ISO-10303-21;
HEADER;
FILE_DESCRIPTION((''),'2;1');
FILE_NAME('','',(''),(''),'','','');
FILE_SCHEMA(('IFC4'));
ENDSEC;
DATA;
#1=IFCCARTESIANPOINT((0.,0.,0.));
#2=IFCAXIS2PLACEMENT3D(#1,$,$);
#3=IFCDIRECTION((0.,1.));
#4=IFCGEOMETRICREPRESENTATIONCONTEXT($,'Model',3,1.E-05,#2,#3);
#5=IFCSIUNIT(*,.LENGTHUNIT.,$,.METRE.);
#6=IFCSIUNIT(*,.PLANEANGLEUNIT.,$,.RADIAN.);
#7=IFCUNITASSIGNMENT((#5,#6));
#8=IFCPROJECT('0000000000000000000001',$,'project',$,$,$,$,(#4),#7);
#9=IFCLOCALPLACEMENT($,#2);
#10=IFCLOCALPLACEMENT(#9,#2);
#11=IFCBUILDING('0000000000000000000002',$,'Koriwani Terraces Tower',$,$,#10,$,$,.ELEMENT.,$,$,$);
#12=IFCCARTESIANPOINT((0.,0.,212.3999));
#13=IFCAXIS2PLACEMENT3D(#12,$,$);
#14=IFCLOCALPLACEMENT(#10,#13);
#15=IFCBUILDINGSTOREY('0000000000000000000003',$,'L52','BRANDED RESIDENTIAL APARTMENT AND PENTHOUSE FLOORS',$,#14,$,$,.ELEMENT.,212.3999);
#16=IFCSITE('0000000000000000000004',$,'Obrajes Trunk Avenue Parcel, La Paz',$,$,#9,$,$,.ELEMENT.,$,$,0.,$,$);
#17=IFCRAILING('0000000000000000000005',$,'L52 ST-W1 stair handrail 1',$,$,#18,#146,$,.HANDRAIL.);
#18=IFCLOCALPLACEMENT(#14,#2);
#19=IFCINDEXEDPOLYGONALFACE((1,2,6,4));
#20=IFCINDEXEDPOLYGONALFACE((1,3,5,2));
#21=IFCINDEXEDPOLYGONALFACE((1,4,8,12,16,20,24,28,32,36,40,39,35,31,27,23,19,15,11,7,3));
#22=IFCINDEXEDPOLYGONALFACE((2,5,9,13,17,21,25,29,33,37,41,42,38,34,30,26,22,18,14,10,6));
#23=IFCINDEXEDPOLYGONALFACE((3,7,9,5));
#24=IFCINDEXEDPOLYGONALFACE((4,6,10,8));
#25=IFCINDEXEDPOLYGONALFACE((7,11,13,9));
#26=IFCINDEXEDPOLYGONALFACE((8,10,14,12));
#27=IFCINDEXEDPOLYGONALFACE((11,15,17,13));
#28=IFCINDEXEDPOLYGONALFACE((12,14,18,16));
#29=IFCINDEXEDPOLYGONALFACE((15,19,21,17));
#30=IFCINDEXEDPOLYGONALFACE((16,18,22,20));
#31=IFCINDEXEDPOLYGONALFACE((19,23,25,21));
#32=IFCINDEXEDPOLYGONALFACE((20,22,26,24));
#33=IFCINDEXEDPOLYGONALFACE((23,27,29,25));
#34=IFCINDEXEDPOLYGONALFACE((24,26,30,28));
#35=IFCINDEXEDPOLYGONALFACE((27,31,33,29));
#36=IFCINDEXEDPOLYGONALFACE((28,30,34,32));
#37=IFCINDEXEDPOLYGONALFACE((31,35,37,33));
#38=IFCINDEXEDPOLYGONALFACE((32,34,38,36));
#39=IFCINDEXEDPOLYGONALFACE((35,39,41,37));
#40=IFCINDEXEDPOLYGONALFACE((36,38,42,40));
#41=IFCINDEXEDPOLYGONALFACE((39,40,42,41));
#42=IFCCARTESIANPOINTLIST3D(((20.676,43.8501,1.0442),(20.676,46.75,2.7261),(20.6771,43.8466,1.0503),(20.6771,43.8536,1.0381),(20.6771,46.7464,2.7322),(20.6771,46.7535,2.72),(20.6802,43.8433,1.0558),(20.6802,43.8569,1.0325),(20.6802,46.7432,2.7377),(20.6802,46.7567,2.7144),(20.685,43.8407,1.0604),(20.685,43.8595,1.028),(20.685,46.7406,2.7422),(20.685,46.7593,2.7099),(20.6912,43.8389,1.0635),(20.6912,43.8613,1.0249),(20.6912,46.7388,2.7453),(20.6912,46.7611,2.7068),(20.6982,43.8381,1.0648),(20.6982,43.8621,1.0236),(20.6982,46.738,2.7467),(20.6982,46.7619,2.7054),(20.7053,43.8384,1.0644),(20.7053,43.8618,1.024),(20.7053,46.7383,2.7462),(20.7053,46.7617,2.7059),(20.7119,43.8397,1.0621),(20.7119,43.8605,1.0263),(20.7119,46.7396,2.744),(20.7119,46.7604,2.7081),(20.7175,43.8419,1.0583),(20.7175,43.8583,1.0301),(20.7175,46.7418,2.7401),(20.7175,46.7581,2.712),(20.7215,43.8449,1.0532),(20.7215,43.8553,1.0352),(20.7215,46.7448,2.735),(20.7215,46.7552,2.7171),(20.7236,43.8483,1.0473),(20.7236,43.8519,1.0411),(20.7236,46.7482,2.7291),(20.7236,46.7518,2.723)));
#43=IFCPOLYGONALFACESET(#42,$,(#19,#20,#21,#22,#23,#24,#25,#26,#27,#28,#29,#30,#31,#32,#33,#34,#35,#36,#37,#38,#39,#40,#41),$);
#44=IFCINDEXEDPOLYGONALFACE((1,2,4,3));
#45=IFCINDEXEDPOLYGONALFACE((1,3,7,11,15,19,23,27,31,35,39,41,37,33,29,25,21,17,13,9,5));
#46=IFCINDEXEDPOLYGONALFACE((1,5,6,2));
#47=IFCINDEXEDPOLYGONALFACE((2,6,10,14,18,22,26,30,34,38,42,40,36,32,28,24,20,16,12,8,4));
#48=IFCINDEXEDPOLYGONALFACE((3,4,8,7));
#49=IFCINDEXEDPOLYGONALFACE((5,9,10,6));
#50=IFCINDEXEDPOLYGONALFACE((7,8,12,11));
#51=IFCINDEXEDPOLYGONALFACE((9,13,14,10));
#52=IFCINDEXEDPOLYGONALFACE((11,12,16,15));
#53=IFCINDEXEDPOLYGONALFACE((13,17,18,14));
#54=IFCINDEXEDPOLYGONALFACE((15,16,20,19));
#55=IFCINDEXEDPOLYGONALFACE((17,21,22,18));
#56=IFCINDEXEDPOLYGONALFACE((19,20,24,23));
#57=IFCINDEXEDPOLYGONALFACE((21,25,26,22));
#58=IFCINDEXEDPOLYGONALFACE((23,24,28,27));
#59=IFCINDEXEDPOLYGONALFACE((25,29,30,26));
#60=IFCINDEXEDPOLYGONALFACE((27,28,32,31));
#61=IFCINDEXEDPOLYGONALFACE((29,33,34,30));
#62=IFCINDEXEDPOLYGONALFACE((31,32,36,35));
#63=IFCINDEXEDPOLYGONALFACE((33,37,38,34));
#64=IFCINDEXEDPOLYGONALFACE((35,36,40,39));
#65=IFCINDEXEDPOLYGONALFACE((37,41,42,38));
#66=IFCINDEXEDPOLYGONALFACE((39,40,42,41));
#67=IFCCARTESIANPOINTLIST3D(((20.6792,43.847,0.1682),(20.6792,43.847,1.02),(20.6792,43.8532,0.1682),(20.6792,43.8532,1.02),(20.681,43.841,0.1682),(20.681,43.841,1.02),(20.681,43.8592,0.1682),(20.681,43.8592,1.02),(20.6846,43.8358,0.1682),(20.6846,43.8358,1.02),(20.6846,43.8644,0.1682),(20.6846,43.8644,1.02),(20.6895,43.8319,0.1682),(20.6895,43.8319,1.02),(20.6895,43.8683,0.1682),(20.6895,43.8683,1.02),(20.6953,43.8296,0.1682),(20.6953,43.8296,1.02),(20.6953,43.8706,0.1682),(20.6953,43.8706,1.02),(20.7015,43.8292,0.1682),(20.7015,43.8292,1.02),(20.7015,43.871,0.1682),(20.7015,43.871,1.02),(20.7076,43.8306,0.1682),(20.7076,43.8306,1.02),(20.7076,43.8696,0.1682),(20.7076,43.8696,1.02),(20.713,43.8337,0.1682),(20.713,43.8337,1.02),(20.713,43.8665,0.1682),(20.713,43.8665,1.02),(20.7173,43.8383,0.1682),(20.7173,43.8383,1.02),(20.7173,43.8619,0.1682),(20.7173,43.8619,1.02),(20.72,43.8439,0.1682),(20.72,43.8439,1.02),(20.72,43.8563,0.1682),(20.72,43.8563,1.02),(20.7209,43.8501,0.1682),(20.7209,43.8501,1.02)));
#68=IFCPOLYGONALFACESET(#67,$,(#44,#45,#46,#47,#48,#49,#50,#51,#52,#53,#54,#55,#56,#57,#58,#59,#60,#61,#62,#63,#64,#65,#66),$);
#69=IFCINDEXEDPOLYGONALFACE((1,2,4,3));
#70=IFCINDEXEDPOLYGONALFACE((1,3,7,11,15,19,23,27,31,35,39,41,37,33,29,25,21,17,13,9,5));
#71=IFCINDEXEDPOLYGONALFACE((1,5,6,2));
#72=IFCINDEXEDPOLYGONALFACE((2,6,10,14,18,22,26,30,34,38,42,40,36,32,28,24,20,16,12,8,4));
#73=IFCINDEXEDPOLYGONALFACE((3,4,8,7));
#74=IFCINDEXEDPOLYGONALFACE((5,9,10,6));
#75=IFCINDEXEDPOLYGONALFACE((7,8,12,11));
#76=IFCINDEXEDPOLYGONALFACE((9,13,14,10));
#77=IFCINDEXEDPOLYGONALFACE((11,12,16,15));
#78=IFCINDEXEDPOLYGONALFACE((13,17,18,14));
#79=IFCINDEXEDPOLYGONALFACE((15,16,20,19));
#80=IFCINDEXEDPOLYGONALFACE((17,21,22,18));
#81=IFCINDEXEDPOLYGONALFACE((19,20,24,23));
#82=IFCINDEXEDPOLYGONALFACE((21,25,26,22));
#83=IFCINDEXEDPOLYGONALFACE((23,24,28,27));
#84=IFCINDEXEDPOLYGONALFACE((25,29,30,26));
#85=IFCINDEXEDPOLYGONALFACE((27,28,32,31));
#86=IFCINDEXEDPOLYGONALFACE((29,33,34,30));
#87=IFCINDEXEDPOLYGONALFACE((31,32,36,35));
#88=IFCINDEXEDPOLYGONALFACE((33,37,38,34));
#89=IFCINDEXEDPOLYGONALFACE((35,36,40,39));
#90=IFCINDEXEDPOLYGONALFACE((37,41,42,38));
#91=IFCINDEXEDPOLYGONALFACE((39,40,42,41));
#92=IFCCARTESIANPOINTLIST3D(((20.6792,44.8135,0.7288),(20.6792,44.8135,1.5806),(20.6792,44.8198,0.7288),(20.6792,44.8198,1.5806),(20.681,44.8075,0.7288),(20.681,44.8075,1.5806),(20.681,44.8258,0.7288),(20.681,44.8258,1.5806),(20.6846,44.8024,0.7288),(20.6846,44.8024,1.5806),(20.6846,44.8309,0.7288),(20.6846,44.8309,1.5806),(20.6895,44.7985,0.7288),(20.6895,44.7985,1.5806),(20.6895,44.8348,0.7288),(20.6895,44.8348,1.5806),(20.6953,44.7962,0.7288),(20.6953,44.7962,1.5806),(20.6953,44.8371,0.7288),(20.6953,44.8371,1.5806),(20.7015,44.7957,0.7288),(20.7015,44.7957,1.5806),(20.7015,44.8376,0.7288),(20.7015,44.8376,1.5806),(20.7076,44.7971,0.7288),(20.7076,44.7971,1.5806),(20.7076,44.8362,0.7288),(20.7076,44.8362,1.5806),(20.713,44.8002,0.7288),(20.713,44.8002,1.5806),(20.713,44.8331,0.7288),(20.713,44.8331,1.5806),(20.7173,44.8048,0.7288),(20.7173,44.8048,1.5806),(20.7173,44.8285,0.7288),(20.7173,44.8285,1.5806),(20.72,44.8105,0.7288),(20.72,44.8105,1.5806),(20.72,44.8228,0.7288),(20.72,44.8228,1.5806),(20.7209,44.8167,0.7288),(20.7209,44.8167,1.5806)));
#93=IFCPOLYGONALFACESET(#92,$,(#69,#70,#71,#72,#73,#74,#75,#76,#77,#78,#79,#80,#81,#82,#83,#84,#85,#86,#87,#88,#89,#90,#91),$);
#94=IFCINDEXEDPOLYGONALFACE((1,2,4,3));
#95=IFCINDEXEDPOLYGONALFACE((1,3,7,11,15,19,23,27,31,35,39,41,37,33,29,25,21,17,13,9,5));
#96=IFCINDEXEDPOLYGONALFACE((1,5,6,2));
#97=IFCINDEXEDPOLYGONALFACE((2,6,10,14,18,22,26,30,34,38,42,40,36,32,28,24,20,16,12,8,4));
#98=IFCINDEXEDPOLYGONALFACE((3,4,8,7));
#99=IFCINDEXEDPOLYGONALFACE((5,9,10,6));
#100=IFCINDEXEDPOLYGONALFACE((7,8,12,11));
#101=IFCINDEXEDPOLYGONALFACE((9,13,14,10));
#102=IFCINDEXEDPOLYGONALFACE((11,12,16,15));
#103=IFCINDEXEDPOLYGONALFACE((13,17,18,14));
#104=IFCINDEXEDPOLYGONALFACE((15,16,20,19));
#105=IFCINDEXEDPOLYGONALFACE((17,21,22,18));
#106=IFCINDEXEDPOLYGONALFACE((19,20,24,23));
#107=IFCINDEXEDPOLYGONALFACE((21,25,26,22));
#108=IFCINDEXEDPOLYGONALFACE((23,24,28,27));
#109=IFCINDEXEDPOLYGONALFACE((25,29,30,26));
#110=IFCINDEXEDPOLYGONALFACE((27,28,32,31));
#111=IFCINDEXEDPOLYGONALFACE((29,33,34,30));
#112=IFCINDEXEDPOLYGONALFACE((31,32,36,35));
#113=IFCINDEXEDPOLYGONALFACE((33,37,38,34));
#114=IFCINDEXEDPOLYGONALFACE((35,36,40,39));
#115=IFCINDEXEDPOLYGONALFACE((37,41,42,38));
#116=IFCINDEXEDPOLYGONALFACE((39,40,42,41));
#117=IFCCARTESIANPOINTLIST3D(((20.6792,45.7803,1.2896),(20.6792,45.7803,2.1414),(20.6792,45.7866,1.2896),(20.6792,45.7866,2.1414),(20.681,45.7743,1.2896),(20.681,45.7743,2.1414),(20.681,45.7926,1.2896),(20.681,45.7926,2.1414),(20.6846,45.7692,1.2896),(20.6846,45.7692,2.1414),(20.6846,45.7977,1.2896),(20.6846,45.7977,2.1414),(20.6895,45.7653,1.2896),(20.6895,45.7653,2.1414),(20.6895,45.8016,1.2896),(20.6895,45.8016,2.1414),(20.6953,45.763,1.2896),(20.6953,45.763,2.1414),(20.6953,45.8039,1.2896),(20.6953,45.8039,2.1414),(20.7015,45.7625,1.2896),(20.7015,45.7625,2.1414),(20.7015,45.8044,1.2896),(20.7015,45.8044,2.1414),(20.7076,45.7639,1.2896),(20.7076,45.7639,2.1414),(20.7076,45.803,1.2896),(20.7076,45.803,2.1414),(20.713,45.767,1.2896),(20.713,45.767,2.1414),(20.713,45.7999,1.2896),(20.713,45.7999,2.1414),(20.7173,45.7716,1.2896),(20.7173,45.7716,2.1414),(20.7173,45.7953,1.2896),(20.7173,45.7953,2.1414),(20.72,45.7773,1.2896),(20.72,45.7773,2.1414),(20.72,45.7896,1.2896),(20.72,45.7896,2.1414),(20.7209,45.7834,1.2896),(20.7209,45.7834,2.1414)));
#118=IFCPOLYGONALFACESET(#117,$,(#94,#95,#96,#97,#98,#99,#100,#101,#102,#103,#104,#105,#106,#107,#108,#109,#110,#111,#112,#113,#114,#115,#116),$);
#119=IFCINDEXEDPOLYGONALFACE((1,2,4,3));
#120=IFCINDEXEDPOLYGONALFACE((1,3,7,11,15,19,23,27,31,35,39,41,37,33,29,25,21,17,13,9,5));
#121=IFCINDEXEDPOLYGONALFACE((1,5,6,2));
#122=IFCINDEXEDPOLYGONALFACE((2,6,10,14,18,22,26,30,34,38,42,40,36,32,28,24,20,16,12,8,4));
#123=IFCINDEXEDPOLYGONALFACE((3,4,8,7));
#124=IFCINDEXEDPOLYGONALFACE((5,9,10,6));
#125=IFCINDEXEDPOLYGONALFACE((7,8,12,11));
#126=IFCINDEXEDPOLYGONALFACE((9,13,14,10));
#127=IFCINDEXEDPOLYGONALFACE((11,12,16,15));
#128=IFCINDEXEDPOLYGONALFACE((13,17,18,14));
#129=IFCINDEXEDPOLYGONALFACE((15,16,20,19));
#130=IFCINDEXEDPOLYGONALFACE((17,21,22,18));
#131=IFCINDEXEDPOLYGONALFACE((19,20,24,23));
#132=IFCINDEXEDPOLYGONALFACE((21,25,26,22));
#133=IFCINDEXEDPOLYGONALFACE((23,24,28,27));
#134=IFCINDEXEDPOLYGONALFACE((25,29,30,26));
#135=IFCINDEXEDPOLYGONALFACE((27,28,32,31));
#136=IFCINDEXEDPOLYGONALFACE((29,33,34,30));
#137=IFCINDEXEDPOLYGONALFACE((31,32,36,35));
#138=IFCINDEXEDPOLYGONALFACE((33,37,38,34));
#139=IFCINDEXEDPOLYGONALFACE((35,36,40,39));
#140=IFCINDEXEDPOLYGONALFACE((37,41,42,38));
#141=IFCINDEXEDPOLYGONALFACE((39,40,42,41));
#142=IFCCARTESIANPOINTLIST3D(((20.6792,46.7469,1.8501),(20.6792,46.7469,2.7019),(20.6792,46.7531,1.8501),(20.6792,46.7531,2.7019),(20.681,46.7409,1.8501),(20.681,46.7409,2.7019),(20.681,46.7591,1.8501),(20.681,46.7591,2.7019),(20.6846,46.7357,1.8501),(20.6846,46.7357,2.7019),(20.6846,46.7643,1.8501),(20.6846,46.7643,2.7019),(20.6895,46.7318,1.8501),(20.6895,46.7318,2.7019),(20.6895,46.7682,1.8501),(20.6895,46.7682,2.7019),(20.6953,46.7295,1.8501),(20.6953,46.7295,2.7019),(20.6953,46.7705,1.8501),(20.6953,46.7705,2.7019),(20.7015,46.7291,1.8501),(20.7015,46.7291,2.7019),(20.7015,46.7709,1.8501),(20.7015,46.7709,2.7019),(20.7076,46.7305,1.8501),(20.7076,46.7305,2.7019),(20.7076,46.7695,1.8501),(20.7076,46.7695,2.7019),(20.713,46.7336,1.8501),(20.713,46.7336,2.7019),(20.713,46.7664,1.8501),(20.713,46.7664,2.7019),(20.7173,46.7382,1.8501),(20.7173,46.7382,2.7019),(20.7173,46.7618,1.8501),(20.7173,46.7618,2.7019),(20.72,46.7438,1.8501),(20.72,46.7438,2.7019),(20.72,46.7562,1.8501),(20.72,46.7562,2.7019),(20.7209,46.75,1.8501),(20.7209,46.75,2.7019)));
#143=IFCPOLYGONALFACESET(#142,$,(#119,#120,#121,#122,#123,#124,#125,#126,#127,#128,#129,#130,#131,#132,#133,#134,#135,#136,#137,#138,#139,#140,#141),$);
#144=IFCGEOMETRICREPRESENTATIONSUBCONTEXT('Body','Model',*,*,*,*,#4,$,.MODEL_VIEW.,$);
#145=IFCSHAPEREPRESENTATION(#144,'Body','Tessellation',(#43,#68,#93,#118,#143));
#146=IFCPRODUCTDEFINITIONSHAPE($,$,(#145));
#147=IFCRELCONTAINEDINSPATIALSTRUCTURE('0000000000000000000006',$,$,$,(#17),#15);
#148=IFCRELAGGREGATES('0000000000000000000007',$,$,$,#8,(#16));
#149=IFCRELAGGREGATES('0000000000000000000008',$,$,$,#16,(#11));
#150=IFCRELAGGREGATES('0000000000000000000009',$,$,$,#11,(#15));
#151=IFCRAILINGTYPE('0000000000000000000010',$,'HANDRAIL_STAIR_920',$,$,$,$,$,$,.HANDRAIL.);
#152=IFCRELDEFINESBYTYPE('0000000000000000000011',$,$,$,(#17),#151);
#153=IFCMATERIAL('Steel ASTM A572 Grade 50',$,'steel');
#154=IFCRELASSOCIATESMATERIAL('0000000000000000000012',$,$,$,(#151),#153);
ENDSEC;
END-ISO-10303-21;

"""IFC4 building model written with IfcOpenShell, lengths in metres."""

from ifc_helpers import new_model, si_unit, direction, frame, origin, origin_2d, place, context, subcontext, project, spatial, circle, extrude, material, type_object, element, save


model = new_model("IFC4")

# Units and contexts
model_context = context("Model", 3, precision=1e-05, world=origin(), true_north=direction((0.0, 1.0)))
body_context = subcontext(model_context, "Body", "Model", "MODEL_VIEW")
ifc_project = project(units=[si_unit("LENGTHUNIT", "METRE"), si_unit("PLANEANGLEUNIT", "RADIAN")], contexts=[model_context])

# Site, building, storey
site_placement = place(None, origin())
site = spatial("IfcSite", under=ifc_project, at=site_placement, Name="Obrajes Trunk Avenue Parcel, La Paz", CompositionType="ELEMENT", RefElevation=0.0)
building_placement = place(site_placement, origin())
building = spatial("IfcBuilding", under=site, at=building_placement, Name="Koriwani Terraces Tower", CompositionType="ELEMENT")
storey_placement = place(building_placement, frame((0.0, 0.0, 212.3999)))
storey = spatial("IfcBuildingStorey", under=building, at=storey_placement, Name="L52", Description="BRANDED RESIDENTIAL APARTMENT AND PENTHOUSE FLOORS", CompositionType="ELEMENT", Elevation=212.3999)

# Shared definitions
ifc_material_1 = material(Name="Steel ASTM A572 Grade 50", Category="steel")

# Railing
railing_type_1 = type_object("IfcRailingType", Name="HANDRAIL_STAIR_920", PredefinedType="HANDRAIL", material=ifc_material_1)
railing_1_placement = place(storey_placement, frame((20.7, 43.8501, 0.1682)))
element("IfcRailing", 1, at=railing_1_placement, inside=storey, type_object=railing_type_1, Name="L52 ST-W1 stair handrail 1", PredefinedType="HANDRAIL", context=body_context, shape_type="SweptSolid", body=[
    extrude(circle(Radius=0.0239, at=origin_2d()), frame((0.0, 0.0, 0.876), z_axis=(0.0, 0.865039, 0.501705), x_axis=(-1.0, 0.0, 0.0)), (0.0, 0.0, 1.0), 3.3523),
    extrude(circle(Radius=0.021, at=origin_2d()), origin(), (0.0, 0.0, 1.0), 0.8518),
    extrude(circle(Radius=0.021, at=origin_2d()), frame((0.0, 0.9666, 0.5605)), (0.0, 0.0, 1.0), 0.8518),
    extrude(circle(Radius=0.021, at=origin_2d()), frame((0.0, 1.9333, 1.1213)), (0.0, 0.0, 1.0), 0.8518),
    extrude(circle(Radius=0.021, at=origin_2d()), frame((0.0, 2.8999, 1.6819)), (0.0, 0.0, 1.0), 0.8518),
])

save(model, "model.ifc")
